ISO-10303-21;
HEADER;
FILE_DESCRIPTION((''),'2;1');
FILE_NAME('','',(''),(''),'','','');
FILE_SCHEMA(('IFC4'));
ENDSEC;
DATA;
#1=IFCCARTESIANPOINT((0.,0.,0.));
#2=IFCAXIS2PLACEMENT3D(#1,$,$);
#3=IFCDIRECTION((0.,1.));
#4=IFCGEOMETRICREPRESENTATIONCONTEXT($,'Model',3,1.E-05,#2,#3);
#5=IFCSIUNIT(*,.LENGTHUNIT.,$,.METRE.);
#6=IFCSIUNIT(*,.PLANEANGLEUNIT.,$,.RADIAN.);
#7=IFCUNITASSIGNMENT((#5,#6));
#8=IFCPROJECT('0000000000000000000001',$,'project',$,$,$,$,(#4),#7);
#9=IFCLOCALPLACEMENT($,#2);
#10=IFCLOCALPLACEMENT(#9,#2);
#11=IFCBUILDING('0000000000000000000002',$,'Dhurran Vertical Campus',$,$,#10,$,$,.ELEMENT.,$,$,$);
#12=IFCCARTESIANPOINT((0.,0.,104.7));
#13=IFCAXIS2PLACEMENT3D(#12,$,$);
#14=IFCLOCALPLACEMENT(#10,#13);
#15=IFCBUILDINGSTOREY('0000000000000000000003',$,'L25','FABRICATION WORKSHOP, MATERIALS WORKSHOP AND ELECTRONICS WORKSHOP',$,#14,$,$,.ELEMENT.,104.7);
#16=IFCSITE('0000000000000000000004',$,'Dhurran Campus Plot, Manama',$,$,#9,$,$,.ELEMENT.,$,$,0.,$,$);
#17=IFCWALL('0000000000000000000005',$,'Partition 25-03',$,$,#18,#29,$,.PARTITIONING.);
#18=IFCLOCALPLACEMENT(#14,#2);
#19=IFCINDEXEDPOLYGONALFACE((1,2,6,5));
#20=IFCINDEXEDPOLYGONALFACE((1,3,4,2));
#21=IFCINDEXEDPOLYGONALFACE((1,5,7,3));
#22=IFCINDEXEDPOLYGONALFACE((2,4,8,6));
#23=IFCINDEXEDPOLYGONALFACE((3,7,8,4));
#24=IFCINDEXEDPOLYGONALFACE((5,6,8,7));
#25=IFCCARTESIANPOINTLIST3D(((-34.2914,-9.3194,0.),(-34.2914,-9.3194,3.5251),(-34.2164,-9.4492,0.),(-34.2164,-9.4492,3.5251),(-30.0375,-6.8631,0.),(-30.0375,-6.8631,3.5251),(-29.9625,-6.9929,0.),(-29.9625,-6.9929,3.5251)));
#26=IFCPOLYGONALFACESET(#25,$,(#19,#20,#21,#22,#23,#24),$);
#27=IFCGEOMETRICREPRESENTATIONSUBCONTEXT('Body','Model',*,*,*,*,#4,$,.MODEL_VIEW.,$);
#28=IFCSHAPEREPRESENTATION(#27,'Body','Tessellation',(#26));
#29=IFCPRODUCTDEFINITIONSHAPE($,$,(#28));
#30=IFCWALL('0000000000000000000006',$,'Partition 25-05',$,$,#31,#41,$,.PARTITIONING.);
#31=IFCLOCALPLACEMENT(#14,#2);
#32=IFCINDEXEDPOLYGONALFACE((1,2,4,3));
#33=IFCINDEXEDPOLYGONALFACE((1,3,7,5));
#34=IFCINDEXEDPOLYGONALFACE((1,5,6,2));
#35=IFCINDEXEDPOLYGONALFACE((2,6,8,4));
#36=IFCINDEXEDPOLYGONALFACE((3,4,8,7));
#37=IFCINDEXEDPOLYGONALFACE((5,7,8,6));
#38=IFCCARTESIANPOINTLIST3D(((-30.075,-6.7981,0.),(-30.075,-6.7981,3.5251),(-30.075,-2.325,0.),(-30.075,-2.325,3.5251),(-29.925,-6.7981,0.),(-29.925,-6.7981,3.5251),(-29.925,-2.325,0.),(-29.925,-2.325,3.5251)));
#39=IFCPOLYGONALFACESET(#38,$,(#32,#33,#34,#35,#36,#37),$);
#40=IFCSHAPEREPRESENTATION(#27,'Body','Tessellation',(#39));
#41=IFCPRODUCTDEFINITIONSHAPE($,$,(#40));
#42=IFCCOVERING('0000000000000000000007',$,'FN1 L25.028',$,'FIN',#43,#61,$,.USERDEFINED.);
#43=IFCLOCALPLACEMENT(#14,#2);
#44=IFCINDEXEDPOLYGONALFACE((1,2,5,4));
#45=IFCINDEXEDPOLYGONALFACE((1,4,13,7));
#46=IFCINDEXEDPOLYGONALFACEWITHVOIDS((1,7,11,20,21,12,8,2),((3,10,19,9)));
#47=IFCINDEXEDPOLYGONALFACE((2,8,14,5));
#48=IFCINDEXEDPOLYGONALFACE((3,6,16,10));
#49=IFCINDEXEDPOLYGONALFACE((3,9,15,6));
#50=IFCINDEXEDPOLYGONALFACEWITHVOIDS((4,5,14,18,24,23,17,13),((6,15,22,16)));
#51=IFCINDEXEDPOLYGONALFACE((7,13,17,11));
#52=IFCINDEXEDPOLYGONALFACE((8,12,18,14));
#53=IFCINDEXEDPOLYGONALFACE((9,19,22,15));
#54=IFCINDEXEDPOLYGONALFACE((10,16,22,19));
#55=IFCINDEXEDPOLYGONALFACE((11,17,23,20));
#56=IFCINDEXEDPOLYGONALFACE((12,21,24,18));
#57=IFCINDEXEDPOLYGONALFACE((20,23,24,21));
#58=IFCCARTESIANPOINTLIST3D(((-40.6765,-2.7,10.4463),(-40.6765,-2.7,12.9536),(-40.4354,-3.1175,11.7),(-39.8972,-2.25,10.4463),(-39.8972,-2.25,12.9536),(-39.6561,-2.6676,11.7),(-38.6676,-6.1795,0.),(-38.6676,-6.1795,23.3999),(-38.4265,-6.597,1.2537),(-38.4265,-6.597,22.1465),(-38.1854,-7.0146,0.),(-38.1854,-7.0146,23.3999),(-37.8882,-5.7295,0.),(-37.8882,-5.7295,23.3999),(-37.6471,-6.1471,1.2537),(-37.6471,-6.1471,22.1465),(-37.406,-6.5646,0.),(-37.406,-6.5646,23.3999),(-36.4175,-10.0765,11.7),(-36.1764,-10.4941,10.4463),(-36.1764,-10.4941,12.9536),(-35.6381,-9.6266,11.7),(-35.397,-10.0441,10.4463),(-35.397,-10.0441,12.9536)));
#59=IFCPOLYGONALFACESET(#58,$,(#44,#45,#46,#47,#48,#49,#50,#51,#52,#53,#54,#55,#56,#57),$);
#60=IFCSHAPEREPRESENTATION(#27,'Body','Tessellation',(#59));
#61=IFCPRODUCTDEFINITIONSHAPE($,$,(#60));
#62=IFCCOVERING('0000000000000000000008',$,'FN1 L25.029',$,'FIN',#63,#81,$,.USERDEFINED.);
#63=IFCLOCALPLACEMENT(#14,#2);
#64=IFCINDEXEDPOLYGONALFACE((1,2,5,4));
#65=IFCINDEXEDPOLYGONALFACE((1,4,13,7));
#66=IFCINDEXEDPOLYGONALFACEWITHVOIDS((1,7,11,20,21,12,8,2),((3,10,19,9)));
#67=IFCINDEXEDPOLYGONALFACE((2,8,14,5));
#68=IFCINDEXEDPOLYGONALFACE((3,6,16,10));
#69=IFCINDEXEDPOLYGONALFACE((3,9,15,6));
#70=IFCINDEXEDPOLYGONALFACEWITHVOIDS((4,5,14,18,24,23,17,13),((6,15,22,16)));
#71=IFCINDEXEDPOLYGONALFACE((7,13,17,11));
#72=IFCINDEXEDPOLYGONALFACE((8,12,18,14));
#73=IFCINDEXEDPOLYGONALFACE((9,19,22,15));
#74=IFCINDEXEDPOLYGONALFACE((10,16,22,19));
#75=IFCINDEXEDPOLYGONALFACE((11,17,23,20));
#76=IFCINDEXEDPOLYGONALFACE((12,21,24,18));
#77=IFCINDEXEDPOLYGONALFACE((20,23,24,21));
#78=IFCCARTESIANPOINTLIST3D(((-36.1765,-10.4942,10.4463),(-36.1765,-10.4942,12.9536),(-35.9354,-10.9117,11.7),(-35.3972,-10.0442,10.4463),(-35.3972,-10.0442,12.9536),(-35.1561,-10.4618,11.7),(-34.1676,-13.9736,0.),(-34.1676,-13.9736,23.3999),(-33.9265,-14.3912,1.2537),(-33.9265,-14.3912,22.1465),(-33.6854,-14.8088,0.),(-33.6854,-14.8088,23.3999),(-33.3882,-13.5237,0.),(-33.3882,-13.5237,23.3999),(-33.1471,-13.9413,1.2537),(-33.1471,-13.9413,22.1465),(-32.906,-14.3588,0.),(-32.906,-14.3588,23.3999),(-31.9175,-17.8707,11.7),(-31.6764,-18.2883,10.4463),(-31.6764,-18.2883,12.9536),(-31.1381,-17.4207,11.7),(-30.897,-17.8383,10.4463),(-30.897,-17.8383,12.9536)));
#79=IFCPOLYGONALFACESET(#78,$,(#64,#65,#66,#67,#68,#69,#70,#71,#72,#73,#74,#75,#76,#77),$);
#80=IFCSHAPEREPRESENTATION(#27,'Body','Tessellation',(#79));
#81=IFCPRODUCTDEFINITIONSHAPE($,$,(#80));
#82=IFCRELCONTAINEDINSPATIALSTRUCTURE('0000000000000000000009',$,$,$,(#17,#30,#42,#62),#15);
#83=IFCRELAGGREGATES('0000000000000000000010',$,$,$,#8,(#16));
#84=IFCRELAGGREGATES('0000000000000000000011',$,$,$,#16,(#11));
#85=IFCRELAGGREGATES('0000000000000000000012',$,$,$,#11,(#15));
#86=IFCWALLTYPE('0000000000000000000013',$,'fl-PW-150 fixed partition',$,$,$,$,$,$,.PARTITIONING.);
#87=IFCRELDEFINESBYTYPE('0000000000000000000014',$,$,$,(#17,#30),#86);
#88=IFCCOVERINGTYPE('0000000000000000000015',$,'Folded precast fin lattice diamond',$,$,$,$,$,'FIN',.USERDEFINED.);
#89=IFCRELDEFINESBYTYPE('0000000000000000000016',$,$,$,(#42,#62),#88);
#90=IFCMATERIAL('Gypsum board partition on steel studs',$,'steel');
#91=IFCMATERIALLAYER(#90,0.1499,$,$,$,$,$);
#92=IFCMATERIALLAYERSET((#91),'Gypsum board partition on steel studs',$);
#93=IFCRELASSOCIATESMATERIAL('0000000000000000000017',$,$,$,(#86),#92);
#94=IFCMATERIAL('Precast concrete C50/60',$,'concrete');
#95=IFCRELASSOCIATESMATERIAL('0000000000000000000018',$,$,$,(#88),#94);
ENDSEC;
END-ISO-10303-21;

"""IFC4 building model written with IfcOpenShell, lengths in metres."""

from ifc_helpers import new_model, si_unit, direction, frame, frame_2d, origin, place, context, subcontext, project, spatial, polyline, rectangle, outline, extrude, material, layer, layer_set, type_object, element, save


model = new_model("IFC4")

# Units and contexts
model_context = context("Model", 3, precision=1e-05, world=origin(), true_north=direction((0.0, 1.0)))
body_context = subcontext(model_context, "Body", "Model", "MODEL_VIEW")
ifc_project = project(units=[si_unit("LENGTHUNIT", "METRE"), si_unit("PLANEANGLEUNIT", "RADIAN")], contexts=[model_context])

# Site, building, storey
site_placement = place(None, origin())
site = spatial("IfcSite", under=ifc_project, at=site_placement, Name="Dhurran Campus Plot, Manama", CompositionType="ELEMENT", RefElevation=0.0)
building_placement = place(site_placement, origin())
building = spatial("IfcBuilding", under=site, at=building_placement, Name="Dhurran Vertical Campus", CompositionType="ELEMENT")
storey_placement = place(building_placement, frame((0.0, 0.0, 104.7)))
storey = spatial("IfcBuildingStorey", under=building, at=storey_placement, Name="L25", Description="FABRICATION WORKSHOP, MATERIALS WORKSHOP AND ELECTRONICS WORKSHOP", CompositionType="ELEMENT", Elevation=104.7)

# Walls
ifc_material_1 = material(Name="Gypsum board partition on steel studs", Category="steel")
ifc_layer_1 = layer(ifc_material_1, 0.1499)
ifc_layer_set_1 = layer_set([ifc_layer_1], Name="Gypsum board partition on steel studs")
wall_type_1 = type_object("IfcWallType", Name="fl-PW-150 fixed partition", PredefinedType="PARTITIONING", material=ifc_layer_set_1)
wall_1_placement = place(storey_placement, frame((-30.0, -6.928, 0.0), z_axis=(0.0, 0.0, 1.0), x_axis=(-0.865999, -0.500047, 0.0)))
element("IfcWall", 1, at=wall_1_placement, inside=storey, type_object=wall_type_1, Name="Partition 25-03", PredefinedType="PARTITIONING", context=body_context, shape_type="SweptSolid", body=[
    extrude(rectangle(XDim=4.9121, YDim=0.1499, at=frame_2d((2.4561, 0.0))), origin(), (0.0, 0.0, 1.0), 3.5251),
])
wall_2_placement = place(storey_placement, frame((-30.0, -2.325, 0.0), z_axis=(0.0, 0.0, 1.0), x_axis=(0.0, -1.0, 0.0)))
element("IfcWall", 2, at=wall_2_placement, inside=storey, type_object=wall_type_1, Name="Partition 25-05", PredefinedType="PARTITIONING", context=body_context, shape_type="SweptSolid", body=[
    extrude(rectangle(XDim=4.4731, YDim=0.1499, at=frame_2d((2.2366, 0.0))), origin(), (0.0, 0.0, 1.0), 3.5251),
])

# Coverings
ifc_material_2 = material(Name="Precast concrete C50/60", Category="concrete")
covering_type = type_object("IfcCoveringType", Name="Folded precast fin lattice diamond", ElementType="FIN", PredefinedType="USERDEFINED", material=ifc_material_2)
for number, where, z_axis, x_axis, name in (
    (3, (-39.8972, -2.25, 0.0), (-0.866014, -0.50002, 0.0), (0.50002, -0.866014, 0.0), "FN1 L25.028"),
    (4, (-35.3972, -10.0442, 0.0), (-0.866014, -0.50002, 0.0), (0.50002, -0.866014, 0.0), "FN1 L25.029"),
):
    element("IfcCovering", number, at=place(storey_placement, frame(where, z_axis=z_axis, x_axis=x_axis)), inside=storey, type_object=covering_type, Name=name, ObjectType="FIN", PredefinedType="USERDEFINED", context=body_context, shape_type="SweptSolid", body=[
        extrude(outline(polyline([(9.0, 12.9536), (9.0, 10.4463), (4.9822, 0.0), (4.0178, 0.0), (0.0, 10.4463), (0.0, 12.9536), (4.0178, 23.3999), (4.9822, 23.3999), (9.0, 12.9536)]), holes=[polyline([(8.5178, 11.7), (4.5, 22.1465), (0.4822, 11.7), (4.5, 1.2537), (8.5178, 11.7)])]), origin(), (0.0, 0.0, 1.0), 0.8999),
    ])

save(model, "model.ifc")
